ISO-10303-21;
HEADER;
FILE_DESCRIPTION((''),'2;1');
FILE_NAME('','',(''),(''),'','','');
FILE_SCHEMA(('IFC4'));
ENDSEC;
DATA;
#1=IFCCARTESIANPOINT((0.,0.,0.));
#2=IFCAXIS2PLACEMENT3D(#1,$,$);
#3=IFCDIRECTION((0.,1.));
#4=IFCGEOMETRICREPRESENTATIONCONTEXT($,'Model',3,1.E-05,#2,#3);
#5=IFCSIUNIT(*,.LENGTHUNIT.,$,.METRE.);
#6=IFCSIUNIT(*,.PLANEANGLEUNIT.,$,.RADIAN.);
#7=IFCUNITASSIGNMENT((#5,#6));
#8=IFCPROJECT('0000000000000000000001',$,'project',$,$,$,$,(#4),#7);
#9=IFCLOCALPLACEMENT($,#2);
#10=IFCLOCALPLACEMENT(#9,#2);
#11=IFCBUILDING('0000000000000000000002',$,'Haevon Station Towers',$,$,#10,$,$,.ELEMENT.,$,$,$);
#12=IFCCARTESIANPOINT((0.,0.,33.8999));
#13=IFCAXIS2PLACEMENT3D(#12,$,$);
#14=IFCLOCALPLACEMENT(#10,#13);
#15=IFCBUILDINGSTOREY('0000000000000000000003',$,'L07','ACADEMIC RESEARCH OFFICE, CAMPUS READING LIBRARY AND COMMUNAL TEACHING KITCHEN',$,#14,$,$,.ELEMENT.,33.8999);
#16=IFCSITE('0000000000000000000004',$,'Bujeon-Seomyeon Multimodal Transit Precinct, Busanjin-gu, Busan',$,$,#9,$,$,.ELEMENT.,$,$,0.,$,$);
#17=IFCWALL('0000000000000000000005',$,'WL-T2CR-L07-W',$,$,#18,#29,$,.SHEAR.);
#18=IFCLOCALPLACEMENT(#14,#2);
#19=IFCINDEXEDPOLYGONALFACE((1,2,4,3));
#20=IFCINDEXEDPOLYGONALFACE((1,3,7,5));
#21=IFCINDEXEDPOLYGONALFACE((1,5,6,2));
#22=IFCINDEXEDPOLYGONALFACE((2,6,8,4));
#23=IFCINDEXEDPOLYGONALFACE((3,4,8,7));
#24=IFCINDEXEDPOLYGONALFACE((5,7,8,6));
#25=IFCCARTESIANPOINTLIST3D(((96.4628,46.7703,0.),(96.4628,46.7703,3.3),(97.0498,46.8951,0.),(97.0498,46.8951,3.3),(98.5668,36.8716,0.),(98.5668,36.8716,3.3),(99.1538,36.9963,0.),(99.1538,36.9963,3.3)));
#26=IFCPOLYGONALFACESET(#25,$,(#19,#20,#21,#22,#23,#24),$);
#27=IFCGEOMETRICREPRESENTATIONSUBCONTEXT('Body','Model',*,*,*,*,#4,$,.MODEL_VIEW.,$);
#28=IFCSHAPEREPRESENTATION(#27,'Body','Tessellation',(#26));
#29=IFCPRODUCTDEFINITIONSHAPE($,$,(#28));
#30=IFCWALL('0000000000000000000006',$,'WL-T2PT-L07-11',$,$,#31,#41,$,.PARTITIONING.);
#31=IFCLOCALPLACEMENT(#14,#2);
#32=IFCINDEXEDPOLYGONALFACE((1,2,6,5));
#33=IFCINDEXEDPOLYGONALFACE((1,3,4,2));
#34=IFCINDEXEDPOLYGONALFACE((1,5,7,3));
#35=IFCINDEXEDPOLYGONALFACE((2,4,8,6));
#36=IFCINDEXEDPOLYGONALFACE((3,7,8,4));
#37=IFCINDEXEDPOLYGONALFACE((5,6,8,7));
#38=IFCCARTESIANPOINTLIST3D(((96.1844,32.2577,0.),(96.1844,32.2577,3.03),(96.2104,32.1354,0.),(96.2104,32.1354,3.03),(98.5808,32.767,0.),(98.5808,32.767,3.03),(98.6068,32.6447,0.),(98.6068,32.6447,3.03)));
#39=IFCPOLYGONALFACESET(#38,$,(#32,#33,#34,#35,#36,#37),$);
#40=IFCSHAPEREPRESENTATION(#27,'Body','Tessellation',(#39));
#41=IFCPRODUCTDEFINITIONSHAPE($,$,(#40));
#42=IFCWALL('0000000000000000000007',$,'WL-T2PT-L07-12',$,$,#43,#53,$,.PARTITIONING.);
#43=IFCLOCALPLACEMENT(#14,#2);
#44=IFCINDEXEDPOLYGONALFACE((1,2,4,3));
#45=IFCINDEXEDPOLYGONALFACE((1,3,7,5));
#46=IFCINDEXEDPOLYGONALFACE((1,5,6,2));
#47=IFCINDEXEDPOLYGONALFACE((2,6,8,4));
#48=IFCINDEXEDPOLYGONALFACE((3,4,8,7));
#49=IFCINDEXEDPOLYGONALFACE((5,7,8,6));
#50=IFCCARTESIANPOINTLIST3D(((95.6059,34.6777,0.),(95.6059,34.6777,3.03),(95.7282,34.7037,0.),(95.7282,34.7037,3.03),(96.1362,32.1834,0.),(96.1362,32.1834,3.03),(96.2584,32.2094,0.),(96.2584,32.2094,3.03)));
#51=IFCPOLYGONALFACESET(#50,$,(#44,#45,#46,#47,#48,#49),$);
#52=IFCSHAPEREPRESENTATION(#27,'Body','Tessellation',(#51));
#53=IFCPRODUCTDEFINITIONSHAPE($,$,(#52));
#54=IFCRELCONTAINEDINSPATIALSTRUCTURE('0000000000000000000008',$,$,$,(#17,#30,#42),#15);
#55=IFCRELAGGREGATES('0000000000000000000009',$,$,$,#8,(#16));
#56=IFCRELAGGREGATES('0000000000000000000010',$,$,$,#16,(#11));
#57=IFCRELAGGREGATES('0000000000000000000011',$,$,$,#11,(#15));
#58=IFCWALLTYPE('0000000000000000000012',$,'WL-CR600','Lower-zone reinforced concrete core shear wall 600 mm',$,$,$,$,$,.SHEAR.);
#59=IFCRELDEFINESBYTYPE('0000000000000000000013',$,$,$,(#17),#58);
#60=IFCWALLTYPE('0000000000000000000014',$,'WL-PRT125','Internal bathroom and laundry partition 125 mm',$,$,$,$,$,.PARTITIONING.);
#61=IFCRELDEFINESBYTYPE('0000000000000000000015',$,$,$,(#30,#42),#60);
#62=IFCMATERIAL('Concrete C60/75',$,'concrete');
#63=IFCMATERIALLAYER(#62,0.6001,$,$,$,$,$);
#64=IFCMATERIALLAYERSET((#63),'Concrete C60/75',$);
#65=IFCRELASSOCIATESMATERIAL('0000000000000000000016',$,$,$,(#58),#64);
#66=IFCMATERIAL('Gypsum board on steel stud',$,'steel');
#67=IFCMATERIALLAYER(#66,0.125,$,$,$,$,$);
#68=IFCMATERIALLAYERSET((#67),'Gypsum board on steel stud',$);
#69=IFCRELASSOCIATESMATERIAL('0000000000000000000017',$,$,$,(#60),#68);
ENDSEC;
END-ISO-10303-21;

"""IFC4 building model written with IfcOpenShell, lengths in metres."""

from ifc_helpers import new_model, si_unit, direction, frame, frame_2d, origin, place, context, subcontext, project, spatial, rectangle, extrude, material, layer, layer_set, type_object, element, save


model = new_model("IFC4")

# Units and contexts
model_context = context("Model", 3, precision=1e-05, world=origin(), true_north=direction((0.0, 1.0)))
body_context = subcontext(model_context, "Body", "Model", "MODEL_VIEW")
ifc_project = project(units=[si_unit("LENGTHUNIT", "METRE"), si_unit("PLANEANGLEUNIT", "RADIAN")], contexts=[model_context])

# Site, building, storey
site_placement = place(None, origin())
site = spatial("IfcSite", under=ifc_project, at=site_placement, Name="Bujeon-Seomyeon Multimodal Transit Precinct, Busanjin-gu, Busan", CompositionType="ELEMENT", RefElevation=0.0)
building_placement = place(site_placement, origin())
building = spatial("IfcBuilding", under=site, at=building_placement, Name="Haevon Station Towers", CompositionType="ELEMENT")
storey_placement = place(building_placement, frame((0.0, 0.0, 33.8999)))
storey = spatial("IfcBuildingStorey", under=building, at=storey_placement, Name="L07", Description="ACADEMIC RESEARCH OFFICE, CAMPUS READING LIBRARY AND COMMUNAL TEACHING KITCHEN", CompositionType="ELEMENT", Elevation=33.8999)

# Walls
ifc_material_1 = material(Name="Gypsum board on steel stud", Category="steel")
ifc_material_2 = material(Name="Concrete C60/75", Category="concrete")
ifc_layer_1 = layer(ifc_material_2, 0.6001)
ifc_layer_set_1 = layer_set([ifc_layer_1], Name="Concrete C60/75")
wall_type_1 = type_object("IfcWallType", Name="WL-CR600", Description="Lower-zone reinforced concrete core shear wall 600 mm", PredefinedType="SHEAR", material=ifc_layer_set_1)
wall_1_placement = place(storey_placement, frame((98.8604, 36.9338, 0.0), z_axis=(0.0, 0.0, 1.0), x_axis=(-0.207909, 0.978148, 0.0)))
element("IfcWall", 1, at=wall_1_placement, inside=storey, type_object=wall_type_1, Name="WL-T2CR-L07-W", PredefinedType="SHEAR", context=body_context, shape_type="SweptSolid", body=[
    extrude(rectangle(XDim=10.1199, YDim=0.6001, at=frame_2d((5.0601, 0.0))), origin(), (0.0, 0.0, 1.0), 3.3),
])
ifc_layer_2 = layer(ifc_material_1, 0.125)
ifc_layer_set_2 = layer_set([ifc_layer_2], Name="Gypsum board on steel stud")
wall_type_2 = type_object("IfcWallType", Name="WL-PRT125", Description="Internal bathroom and laundry partition 125 mm", PredefinedType="PARTITIONING", material=ifc_layer_set_2)
wall_2_placement = place(storey_placement, frame((96.1973, 32.1965, 0.0), z_axis=(0.0, 0.0, 1.0), x_axis=(0.978157, 0.207868, 0.0)))
element("IfcWall", 2, at=wall_2_placement, inside=storey, type_object=wall_type_2, Name="WL-T2PT-L07-11", PredefinedType="PARTITIONING", context=body_context, shape_type="SweptSolid", body=[
    extrude(rectangle(XDim=2.45, YDim=0.125, at=frame_2d((1.2251, 0.0))), origin(), (0.0, 0.0, 1.0), 3.03),
])
wall_3_placement = place(storey_placement, frame((96.1973, 32.1965, 0.0), z_axis=(0.0, 0.0, 1.0), x_axis=(-0.20794, 0.978142, 0.0)))
element("IfcWall", 3, at=wall_3_placement, inside=storey, type_object=wall_type_2, Name="WL-T2PT-L07-12", PredefinedType="PARTITIONING", context=body_context, shape_type="SweptSolid", body=[
    extrude(rectangle(XDim=2.55, YDim=0.125, at=frame_2d((1.2749, 0.0))), origin(), (0.0, 0.0, 1.0), 3.03),
])

save(model, "model.ifc")
